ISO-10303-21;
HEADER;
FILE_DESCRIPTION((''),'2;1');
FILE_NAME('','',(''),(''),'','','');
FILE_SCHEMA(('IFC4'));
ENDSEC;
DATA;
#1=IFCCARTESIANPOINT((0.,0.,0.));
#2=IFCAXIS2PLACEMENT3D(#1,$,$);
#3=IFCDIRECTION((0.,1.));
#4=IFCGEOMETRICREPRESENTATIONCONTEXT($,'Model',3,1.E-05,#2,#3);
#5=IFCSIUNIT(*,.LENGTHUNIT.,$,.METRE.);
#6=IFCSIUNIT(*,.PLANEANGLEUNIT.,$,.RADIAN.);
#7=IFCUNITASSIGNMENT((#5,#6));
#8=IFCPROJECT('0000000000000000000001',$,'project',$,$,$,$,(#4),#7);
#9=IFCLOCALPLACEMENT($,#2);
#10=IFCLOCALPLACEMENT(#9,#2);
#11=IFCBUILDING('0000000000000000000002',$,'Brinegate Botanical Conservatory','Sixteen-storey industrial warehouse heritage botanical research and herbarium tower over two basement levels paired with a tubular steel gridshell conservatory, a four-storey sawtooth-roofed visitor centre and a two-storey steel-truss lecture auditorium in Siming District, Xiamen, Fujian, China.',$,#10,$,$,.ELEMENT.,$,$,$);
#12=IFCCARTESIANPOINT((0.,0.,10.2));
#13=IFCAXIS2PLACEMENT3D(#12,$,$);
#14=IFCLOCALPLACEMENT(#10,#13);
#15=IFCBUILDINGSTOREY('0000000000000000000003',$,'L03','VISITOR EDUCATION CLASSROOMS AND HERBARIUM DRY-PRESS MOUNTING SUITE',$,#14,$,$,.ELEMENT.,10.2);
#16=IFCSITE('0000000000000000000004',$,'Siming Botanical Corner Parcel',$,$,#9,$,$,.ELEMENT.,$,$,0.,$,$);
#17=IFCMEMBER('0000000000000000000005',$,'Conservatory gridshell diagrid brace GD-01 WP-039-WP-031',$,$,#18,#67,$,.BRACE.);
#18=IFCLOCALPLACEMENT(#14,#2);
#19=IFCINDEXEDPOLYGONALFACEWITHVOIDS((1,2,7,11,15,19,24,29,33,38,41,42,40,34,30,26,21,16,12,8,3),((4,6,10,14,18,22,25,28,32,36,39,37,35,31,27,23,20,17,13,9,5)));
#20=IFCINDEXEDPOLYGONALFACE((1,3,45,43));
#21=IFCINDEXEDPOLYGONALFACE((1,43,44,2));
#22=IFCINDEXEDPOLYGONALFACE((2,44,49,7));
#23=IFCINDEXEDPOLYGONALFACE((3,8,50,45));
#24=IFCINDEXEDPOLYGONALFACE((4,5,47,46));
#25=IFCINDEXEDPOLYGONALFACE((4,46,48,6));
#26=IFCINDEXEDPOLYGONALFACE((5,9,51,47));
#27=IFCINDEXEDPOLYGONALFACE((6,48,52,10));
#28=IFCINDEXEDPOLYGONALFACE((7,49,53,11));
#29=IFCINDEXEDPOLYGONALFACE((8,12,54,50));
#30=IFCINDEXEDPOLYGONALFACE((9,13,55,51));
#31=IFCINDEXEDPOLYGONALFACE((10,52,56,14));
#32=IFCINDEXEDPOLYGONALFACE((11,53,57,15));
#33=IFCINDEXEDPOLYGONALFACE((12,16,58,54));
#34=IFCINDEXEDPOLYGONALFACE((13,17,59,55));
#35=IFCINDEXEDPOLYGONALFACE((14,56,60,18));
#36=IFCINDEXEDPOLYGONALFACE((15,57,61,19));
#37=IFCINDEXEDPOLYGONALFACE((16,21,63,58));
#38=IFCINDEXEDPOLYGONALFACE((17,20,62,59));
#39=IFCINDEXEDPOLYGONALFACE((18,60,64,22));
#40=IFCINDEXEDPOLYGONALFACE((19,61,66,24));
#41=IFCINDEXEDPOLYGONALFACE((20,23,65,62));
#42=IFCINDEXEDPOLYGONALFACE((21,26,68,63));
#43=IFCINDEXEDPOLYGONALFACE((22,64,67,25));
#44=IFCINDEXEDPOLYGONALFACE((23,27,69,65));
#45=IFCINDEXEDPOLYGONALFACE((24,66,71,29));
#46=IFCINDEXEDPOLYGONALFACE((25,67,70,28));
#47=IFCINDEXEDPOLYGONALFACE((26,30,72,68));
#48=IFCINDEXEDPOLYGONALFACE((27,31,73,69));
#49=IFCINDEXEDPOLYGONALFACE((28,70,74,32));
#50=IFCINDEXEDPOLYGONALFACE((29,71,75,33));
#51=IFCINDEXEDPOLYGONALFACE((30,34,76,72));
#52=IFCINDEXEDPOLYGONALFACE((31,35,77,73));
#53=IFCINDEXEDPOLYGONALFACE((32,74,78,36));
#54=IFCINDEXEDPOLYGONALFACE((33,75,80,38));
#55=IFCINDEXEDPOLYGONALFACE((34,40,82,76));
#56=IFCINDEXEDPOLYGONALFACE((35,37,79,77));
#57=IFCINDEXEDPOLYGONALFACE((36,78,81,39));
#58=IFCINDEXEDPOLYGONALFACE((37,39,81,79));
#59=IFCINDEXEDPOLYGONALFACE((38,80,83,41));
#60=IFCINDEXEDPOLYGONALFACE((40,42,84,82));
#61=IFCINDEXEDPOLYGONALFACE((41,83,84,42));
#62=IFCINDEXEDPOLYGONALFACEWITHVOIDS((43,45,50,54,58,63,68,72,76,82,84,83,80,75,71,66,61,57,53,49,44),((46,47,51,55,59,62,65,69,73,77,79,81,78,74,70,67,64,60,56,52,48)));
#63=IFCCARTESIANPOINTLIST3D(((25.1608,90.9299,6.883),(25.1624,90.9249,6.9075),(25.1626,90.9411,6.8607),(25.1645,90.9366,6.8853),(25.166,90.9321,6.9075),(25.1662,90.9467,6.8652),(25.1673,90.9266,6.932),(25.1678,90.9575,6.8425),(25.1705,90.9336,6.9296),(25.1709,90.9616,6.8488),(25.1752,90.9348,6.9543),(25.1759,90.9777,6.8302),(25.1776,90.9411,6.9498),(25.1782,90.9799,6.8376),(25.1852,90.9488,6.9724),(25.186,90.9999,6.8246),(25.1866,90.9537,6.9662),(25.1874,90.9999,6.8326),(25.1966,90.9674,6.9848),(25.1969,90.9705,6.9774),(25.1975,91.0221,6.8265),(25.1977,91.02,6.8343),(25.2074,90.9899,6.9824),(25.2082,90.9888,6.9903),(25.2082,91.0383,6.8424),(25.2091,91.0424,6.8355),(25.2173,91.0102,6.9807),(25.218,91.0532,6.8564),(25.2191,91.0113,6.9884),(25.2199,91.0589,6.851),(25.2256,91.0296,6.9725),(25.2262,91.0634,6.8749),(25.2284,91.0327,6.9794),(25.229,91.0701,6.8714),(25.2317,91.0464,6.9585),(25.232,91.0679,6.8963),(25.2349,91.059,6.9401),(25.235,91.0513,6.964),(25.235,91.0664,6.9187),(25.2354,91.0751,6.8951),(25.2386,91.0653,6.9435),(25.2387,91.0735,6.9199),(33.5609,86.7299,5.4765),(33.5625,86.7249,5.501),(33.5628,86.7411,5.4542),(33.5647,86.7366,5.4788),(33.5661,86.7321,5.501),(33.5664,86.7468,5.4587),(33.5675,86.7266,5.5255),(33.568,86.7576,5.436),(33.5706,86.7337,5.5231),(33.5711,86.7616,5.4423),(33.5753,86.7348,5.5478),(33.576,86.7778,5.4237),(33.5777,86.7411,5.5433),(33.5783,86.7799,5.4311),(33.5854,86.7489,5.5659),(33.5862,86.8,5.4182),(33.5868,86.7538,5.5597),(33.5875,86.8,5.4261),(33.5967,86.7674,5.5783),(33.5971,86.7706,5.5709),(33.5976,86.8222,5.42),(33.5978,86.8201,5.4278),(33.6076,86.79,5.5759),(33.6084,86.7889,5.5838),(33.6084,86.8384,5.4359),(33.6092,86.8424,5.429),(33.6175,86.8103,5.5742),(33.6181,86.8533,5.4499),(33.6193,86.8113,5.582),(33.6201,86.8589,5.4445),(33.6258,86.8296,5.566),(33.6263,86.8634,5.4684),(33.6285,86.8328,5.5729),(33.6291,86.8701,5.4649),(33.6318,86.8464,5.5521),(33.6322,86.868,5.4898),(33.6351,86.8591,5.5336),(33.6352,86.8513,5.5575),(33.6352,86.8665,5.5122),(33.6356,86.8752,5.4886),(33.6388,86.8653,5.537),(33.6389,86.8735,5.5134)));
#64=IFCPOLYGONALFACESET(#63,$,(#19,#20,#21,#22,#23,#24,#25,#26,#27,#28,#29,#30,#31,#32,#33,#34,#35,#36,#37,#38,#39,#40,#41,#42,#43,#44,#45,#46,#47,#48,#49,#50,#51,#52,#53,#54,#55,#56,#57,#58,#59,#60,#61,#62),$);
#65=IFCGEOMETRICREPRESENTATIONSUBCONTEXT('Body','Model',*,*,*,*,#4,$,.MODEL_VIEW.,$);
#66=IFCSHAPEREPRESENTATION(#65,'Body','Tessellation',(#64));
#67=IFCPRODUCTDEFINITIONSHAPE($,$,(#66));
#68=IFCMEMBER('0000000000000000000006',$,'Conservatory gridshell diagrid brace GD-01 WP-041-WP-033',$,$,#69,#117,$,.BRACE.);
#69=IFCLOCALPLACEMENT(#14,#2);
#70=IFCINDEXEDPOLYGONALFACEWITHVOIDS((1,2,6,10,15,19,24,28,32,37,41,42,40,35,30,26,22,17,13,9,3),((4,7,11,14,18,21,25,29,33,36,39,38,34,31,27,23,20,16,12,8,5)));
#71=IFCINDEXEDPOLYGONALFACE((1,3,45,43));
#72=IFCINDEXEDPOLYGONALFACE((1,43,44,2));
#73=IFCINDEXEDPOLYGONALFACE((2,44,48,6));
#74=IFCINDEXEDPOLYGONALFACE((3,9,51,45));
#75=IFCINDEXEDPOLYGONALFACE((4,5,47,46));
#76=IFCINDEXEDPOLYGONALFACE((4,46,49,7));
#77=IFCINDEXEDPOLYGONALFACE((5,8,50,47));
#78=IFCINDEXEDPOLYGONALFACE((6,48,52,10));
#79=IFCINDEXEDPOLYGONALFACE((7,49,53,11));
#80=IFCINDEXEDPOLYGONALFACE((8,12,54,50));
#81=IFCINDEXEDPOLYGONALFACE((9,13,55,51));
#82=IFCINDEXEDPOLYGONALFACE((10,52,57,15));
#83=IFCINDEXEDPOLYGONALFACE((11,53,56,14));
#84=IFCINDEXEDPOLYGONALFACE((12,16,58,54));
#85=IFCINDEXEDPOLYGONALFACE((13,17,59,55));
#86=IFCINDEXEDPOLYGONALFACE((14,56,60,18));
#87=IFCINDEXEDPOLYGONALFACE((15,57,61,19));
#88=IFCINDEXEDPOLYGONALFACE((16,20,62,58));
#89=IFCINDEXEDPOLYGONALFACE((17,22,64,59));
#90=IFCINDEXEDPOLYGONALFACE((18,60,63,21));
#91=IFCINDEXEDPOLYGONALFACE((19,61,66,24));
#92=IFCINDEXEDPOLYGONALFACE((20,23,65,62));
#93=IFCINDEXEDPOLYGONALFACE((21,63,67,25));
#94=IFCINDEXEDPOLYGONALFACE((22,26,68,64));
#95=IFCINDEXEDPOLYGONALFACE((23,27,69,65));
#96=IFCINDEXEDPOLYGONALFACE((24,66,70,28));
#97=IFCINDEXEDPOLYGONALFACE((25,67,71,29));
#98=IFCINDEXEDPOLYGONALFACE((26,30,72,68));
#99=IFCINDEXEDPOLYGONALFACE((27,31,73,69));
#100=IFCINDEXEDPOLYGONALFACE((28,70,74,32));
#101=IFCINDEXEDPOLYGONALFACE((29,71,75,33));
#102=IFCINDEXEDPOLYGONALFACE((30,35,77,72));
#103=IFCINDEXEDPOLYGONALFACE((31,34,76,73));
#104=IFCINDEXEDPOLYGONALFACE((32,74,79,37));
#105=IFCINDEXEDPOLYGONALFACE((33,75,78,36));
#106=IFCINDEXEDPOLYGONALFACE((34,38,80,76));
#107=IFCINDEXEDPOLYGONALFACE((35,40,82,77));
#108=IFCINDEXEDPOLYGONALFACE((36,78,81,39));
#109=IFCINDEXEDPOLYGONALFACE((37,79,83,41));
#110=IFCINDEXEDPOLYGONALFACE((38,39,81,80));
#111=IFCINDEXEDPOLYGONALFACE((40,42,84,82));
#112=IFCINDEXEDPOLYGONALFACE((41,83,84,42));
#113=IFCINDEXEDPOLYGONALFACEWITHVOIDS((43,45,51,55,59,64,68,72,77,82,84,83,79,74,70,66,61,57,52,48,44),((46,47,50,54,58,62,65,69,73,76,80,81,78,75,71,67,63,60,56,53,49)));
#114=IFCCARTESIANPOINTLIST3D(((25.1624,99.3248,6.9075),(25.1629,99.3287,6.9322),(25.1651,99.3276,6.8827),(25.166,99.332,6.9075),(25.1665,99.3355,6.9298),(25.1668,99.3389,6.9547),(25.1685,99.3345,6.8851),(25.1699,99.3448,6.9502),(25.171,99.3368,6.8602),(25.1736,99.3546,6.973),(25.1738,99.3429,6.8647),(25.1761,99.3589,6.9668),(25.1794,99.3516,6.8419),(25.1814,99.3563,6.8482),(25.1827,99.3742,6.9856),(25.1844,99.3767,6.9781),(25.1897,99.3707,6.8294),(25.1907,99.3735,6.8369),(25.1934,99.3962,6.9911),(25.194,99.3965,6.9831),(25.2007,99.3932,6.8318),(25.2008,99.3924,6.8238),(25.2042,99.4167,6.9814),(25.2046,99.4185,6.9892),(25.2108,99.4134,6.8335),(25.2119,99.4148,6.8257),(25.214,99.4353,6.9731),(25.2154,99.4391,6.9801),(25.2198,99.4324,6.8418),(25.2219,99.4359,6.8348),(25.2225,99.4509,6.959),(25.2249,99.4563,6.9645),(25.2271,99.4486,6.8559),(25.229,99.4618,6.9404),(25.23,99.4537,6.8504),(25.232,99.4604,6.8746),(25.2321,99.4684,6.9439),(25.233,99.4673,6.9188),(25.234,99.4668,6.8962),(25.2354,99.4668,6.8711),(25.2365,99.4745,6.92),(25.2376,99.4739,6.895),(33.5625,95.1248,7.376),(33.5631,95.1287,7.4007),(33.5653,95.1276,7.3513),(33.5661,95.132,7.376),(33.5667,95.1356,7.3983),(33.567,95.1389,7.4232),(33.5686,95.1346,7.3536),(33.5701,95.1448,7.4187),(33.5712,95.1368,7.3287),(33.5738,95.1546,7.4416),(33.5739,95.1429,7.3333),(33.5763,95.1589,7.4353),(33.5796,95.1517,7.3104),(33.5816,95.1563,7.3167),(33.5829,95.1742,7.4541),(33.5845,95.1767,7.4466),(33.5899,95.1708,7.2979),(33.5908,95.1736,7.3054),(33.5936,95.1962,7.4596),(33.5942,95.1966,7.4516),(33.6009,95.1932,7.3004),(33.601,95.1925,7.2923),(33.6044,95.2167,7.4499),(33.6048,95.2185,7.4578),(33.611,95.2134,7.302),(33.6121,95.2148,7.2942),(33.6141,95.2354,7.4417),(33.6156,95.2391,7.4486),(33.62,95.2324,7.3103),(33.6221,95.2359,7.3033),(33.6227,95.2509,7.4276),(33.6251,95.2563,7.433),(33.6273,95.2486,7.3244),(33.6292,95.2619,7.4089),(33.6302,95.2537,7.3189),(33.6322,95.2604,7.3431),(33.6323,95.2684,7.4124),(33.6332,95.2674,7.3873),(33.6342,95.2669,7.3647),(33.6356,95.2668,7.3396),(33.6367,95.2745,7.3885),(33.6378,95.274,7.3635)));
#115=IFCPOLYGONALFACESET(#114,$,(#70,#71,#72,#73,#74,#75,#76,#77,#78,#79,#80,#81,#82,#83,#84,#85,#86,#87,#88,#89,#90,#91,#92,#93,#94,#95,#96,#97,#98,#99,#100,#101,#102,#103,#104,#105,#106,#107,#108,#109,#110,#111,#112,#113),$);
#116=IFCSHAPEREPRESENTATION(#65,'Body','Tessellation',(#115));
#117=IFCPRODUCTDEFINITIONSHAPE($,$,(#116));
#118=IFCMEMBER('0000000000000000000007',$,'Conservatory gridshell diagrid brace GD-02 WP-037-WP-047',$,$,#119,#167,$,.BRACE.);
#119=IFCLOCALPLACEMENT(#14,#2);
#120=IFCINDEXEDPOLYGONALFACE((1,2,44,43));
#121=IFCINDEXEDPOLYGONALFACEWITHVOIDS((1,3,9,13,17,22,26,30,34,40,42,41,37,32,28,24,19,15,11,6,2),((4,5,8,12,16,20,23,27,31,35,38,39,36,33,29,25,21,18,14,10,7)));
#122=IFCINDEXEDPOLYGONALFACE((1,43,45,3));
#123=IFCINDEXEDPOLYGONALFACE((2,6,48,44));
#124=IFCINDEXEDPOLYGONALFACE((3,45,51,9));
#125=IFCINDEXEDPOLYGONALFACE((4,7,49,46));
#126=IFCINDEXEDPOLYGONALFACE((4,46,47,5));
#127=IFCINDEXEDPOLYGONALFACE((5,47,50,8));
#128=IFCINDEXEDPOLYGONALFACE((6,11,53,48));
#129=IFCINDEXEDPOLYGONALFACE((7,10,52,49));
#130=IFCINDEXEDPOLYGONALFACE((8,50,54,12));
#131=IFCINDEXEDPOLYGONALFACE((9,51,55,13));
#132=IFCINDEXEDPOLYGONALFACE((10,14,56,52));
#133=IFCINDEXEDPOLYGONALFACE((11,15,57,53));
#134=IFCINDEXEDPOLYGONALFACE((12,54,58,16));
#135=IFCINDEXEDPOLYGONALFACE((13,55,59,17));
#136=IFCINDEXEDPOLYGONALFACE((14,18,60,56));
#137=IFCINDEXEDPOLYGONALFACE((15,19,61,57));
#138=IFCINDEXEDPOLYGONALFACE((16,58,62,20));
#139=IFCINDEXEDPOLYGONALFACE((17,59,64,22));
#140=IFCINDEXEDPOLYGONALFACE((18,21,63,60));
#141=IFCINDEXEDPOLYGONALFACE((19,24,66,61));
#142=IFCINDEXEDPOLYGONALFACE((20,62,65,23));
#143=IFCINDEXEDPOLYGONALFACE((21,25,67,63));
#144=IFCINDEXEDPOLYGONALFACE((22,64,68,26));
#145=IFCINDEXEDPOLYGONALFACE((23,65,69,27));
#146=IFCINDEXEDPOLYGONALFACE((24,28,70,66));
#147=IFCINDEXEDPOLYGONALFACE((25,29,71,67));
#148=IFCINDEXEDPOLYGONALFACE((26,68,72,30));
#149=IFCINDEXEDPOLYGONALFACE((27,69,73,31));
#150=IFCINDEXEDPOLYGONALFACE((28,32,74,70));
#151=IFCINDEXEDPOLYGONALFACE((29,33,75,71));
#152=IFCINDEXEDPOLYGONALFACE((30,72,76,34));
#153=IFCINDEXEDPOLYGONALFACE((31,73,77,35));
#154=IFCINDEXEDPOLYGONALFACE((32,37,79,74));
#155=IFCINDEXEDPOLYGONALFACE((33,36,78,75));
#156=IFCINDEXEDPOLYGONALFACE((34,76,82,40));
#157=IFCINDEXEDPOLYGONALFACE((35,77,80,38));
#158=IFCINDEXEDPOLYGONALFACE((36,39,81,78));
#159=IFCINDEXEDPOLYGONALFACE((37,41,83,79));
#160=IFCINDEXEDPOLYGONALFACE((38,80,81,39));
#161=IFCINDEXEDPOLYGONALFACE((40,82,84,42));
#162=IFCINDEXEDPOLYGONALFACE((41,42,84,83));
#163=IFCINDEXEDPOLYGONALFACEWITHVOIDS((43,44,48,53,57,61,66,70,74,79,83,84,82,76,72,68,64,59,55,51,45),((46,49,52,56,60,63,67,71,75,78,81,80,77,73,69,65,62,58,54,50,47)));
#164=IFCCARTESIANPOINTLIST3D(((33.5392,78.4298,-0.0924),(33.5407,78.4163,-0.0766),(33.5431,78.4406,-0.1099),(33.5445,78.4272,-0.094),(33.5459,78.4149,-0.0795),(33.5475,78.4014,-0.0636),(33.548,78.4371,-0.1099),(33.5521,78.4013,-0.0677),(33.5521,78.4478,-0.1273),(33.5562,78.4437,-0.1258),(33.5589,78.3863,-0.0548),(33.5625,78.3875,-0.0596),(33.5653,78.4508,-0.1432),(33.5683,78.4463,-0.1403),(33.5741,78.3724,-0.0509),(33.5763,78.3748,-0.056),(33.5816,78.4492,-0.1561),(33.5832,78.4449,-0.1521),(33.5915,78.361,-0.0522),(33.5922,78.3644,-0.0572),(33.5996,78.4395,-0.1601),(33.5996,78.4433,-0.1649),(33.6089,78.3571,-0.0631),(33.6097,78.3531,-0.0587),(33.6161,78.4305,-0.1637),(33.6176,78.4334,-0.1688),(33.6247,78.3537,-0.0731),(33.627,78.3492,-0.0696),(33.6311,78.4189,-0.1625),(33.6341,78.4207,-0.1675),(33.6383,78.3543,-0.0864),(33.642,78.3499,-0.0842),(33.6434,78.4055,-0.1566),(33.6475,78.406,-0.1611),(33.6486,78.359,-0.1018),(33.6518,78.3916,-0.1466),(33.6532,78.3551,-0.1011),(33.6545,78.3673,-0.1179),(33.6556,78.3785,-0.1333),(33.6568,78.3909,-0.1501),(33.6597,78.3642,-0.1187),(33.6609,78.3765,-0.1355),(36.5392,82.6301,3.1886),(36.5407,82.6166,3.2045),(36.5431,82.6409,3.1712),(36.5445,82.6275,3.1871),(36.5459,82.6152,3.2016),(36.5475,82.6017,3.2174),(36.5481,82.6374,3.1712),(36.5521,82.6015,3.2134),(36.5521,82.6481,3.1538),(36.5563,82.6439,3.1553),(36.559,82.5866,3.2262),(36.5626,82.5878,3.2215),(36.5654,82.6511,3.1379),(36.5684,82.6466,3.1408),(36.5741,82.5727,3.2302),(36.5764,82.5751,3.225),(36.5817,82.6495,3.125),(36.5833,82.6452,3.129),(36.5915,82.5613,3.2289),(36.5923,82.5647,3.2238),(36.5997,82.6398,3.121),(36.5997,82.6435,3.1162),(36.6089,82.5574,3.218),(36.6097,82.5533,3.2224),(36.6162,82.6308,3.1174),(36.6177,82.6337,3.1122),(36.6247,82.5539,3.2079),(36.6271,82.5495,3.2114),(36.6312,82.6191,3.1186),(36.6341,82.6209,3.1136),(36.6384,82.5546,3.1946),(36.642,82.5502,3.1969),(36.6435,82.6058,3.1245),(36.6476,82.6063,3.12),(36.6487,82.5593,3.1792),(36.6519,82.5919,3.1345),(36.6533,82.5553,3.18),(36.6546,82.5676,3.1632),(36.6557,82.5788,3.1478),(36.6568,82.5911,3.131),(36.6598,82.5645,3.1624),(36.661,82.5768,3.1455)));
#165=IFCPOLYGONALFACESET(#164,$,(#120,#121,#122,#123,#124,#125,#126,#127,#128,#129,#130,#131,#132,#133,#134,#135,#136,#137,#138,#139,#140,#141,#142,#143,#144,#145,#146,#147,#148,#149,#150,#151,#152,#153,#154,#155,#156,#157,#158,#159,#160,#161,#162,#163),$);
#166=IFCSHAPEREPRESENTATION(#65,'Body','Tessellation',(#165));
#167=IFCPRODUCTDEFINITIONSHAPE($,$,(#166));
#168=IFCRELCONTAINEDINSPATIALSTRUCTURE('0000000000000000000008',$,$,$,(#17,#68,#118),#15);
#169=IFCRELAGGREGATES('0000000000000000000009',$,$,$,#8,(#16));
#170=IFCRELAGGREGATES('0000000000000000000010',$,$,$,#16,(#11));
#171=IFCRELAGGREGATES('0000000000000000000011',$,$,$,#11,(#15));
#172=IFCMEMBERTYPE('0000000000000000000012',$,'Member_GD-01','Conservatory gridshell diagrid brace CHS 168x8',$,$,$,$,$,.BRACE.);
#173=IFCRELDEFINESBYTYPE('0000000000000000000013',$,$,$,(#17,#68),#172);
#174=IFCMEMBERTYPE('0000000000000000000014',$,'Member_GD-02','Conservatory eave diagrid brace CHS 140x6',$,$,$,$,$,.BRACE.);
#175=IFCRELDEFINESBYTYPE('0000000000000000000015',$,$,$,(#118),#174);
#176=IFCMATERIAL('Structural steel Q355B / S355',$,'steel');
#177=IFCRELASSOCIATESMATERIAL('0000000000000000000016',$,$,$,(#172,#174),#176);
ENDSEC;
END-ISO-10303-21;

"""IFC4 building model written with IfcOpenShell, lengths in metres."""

from ifc_helpers import new_model, si_unit, direction, frame, origin, origin_2d, place, context, subcontext, project, spatial, hollow_circle, extrude, material, material_profile, profile_set, type_object, element, save


model = new_model("IFC4")

# Units and contexts
model_context = context("Model", 3, precision=1e-05, world=origin(), true_north=direction((0.0, 1.0)))
body_context = subcontext(model_context, "Body", "Model", "MODEL_VIEW")
ifc_project = project(units=[si_unit("LENGTHUNIT", "METRE"), si_unit("PLANEANGLEUNIT", "RADIAN")], contexts=[model_context])

# Site, building, storey
site_placement = place(None, origin())
site = spatial("IfcSite", under=ifc_project, at=site_placement, Name="Siming Botanical Corner Parcel", CompositionType="ELEMENT", RefElevation=0.0)
building_placement = place(site_placement, origin())
building = spatial("IfcBuilding", under=site, at=building_placement, Name="Brinegate Botanical Conservatory", Description="Sixteen-storey industrial warehouse heritage botanical research and herbarium tower over two basement levels paired with a tubular steel gridshell conservatory, a four-storey sawtooth-roofed visitor centre and a two-storey steel-truss lecture auditorium in Siming District, Xiamen, Fujian, China.", CompositionType="ELEMENT")
storey_placement = place(building_placement, frame((0.0, 0.0, 10.2)))
storey = spatial("IfcBuildingStorey", under=building, at=storey_placement, Name="L03", Description="VISITOR EDUCATION CLASSROOMS AND HERBARIUM DRY-PRESS MOUNTING SUITE", CompositionType="ELEMENT", Elevation=10.2)

# Shared definitions
ifc_material_1 = material(Name="Structural steel Q355B / S355", Category="steel")

# Members
ifc_material_profile_1 = material_profile(ifc_material_1, hollow_circle(Radius=0.084, WallThickness=0.0081, at=origin_2d()), Name="CHS 168x8")
ifc_profile_set_1 = profile_set([ifc_material_profile_1], Name="Structural steel Q355B / S355")
member_type_1 = type_object("IfcMemberType", Name="Member_GD-01", Description="Conservatory gridshell diagrid brace CHS 168x8", PredefinedType="BRACE", material=ifc_profile_set_1)
member_1_placement = place(storey_placement, frame((33.6001, 86.8, 5.501), z_axis=(-0.884568, 0.442271, 0.148109), x_axis=(-0.447203, -0.894432, 0.0)))
element("IfcMember", 1, at=member_1_placement, inside=storey, type_object=member_type_1, Name="Conservatory gridshell diagrid brace GD-01 WP-039-WP-031", PredefinedType="BRACE", context=body_context, shape_type="SweptSolid", body=[
    extrude(hollow_circle(Radius=0.084, WallThickness=0.0081, at=origin_2d()), origin(), (0.0, 0.0, 1.0), 9.4963),
])
member_2_placement = place(storey_placement, frame((33.6001, 95.2, 7.376), z_axis=(-0.893322, 0.446648, -0.049824), x_axis=(-0.447203, -0.894432, 0.0)))
element("IfcMember", 2, at=member_2_placement, inside=storey, type_object=member_type_1, Name="Conservatory gridshell diagrid brace GD-01 WP-041-WP-033", PredefinedType="BRACE", context=body_context, shape_type="SweptSolid", body=[
    extrude(hollow_circle(Radius=0.084, WallThickness=0.0081, at=origin_2d()), origin(), (0.0, 0.0, 1.0), 9.4033),
])
ifc_material_profile_2 = material_profile(ifc_material_1, hollow_circle(Radius=0.0701, WallThickness=0.0061, at=origin_2d()), Name="CHS 140x6")
ifc_profile_set_2 = profile_set([ifc_material_profile_2], Name="Structural steel Q355B / S355")
member_type_2 = type_object("IfcMemberType", Name="Member_GD-02", Description="Conservatory eave diagrid brace CHS 140x6", PredefinedType="BRACE", material=ifc_profile_set_2)
member_3_placement = place(storey_placement, frame((33.6001, 78.3999, -0.1099), z_axis=(0.490509, 0.686744, 0.536454), x_axis=(-0.813746, 0.58122, 0.0)))
element("IfcMember", 3, at=member_3_placement, inside=storey, type_object=member_type_2, Name="Conservatory gridshell diagrid brace GD-02 WP-037-WP-047", PredefinedType="BRACE", context=body_context, shape_type="SweptSolid", body=[
    extrude(hollow_circle(Radius=0.0701, WallThickness=0.0061, at=origin_2d()), origin(), (0.0, 0.0, 1.0), 6.1162),
])

save(model, "model.ifc")
